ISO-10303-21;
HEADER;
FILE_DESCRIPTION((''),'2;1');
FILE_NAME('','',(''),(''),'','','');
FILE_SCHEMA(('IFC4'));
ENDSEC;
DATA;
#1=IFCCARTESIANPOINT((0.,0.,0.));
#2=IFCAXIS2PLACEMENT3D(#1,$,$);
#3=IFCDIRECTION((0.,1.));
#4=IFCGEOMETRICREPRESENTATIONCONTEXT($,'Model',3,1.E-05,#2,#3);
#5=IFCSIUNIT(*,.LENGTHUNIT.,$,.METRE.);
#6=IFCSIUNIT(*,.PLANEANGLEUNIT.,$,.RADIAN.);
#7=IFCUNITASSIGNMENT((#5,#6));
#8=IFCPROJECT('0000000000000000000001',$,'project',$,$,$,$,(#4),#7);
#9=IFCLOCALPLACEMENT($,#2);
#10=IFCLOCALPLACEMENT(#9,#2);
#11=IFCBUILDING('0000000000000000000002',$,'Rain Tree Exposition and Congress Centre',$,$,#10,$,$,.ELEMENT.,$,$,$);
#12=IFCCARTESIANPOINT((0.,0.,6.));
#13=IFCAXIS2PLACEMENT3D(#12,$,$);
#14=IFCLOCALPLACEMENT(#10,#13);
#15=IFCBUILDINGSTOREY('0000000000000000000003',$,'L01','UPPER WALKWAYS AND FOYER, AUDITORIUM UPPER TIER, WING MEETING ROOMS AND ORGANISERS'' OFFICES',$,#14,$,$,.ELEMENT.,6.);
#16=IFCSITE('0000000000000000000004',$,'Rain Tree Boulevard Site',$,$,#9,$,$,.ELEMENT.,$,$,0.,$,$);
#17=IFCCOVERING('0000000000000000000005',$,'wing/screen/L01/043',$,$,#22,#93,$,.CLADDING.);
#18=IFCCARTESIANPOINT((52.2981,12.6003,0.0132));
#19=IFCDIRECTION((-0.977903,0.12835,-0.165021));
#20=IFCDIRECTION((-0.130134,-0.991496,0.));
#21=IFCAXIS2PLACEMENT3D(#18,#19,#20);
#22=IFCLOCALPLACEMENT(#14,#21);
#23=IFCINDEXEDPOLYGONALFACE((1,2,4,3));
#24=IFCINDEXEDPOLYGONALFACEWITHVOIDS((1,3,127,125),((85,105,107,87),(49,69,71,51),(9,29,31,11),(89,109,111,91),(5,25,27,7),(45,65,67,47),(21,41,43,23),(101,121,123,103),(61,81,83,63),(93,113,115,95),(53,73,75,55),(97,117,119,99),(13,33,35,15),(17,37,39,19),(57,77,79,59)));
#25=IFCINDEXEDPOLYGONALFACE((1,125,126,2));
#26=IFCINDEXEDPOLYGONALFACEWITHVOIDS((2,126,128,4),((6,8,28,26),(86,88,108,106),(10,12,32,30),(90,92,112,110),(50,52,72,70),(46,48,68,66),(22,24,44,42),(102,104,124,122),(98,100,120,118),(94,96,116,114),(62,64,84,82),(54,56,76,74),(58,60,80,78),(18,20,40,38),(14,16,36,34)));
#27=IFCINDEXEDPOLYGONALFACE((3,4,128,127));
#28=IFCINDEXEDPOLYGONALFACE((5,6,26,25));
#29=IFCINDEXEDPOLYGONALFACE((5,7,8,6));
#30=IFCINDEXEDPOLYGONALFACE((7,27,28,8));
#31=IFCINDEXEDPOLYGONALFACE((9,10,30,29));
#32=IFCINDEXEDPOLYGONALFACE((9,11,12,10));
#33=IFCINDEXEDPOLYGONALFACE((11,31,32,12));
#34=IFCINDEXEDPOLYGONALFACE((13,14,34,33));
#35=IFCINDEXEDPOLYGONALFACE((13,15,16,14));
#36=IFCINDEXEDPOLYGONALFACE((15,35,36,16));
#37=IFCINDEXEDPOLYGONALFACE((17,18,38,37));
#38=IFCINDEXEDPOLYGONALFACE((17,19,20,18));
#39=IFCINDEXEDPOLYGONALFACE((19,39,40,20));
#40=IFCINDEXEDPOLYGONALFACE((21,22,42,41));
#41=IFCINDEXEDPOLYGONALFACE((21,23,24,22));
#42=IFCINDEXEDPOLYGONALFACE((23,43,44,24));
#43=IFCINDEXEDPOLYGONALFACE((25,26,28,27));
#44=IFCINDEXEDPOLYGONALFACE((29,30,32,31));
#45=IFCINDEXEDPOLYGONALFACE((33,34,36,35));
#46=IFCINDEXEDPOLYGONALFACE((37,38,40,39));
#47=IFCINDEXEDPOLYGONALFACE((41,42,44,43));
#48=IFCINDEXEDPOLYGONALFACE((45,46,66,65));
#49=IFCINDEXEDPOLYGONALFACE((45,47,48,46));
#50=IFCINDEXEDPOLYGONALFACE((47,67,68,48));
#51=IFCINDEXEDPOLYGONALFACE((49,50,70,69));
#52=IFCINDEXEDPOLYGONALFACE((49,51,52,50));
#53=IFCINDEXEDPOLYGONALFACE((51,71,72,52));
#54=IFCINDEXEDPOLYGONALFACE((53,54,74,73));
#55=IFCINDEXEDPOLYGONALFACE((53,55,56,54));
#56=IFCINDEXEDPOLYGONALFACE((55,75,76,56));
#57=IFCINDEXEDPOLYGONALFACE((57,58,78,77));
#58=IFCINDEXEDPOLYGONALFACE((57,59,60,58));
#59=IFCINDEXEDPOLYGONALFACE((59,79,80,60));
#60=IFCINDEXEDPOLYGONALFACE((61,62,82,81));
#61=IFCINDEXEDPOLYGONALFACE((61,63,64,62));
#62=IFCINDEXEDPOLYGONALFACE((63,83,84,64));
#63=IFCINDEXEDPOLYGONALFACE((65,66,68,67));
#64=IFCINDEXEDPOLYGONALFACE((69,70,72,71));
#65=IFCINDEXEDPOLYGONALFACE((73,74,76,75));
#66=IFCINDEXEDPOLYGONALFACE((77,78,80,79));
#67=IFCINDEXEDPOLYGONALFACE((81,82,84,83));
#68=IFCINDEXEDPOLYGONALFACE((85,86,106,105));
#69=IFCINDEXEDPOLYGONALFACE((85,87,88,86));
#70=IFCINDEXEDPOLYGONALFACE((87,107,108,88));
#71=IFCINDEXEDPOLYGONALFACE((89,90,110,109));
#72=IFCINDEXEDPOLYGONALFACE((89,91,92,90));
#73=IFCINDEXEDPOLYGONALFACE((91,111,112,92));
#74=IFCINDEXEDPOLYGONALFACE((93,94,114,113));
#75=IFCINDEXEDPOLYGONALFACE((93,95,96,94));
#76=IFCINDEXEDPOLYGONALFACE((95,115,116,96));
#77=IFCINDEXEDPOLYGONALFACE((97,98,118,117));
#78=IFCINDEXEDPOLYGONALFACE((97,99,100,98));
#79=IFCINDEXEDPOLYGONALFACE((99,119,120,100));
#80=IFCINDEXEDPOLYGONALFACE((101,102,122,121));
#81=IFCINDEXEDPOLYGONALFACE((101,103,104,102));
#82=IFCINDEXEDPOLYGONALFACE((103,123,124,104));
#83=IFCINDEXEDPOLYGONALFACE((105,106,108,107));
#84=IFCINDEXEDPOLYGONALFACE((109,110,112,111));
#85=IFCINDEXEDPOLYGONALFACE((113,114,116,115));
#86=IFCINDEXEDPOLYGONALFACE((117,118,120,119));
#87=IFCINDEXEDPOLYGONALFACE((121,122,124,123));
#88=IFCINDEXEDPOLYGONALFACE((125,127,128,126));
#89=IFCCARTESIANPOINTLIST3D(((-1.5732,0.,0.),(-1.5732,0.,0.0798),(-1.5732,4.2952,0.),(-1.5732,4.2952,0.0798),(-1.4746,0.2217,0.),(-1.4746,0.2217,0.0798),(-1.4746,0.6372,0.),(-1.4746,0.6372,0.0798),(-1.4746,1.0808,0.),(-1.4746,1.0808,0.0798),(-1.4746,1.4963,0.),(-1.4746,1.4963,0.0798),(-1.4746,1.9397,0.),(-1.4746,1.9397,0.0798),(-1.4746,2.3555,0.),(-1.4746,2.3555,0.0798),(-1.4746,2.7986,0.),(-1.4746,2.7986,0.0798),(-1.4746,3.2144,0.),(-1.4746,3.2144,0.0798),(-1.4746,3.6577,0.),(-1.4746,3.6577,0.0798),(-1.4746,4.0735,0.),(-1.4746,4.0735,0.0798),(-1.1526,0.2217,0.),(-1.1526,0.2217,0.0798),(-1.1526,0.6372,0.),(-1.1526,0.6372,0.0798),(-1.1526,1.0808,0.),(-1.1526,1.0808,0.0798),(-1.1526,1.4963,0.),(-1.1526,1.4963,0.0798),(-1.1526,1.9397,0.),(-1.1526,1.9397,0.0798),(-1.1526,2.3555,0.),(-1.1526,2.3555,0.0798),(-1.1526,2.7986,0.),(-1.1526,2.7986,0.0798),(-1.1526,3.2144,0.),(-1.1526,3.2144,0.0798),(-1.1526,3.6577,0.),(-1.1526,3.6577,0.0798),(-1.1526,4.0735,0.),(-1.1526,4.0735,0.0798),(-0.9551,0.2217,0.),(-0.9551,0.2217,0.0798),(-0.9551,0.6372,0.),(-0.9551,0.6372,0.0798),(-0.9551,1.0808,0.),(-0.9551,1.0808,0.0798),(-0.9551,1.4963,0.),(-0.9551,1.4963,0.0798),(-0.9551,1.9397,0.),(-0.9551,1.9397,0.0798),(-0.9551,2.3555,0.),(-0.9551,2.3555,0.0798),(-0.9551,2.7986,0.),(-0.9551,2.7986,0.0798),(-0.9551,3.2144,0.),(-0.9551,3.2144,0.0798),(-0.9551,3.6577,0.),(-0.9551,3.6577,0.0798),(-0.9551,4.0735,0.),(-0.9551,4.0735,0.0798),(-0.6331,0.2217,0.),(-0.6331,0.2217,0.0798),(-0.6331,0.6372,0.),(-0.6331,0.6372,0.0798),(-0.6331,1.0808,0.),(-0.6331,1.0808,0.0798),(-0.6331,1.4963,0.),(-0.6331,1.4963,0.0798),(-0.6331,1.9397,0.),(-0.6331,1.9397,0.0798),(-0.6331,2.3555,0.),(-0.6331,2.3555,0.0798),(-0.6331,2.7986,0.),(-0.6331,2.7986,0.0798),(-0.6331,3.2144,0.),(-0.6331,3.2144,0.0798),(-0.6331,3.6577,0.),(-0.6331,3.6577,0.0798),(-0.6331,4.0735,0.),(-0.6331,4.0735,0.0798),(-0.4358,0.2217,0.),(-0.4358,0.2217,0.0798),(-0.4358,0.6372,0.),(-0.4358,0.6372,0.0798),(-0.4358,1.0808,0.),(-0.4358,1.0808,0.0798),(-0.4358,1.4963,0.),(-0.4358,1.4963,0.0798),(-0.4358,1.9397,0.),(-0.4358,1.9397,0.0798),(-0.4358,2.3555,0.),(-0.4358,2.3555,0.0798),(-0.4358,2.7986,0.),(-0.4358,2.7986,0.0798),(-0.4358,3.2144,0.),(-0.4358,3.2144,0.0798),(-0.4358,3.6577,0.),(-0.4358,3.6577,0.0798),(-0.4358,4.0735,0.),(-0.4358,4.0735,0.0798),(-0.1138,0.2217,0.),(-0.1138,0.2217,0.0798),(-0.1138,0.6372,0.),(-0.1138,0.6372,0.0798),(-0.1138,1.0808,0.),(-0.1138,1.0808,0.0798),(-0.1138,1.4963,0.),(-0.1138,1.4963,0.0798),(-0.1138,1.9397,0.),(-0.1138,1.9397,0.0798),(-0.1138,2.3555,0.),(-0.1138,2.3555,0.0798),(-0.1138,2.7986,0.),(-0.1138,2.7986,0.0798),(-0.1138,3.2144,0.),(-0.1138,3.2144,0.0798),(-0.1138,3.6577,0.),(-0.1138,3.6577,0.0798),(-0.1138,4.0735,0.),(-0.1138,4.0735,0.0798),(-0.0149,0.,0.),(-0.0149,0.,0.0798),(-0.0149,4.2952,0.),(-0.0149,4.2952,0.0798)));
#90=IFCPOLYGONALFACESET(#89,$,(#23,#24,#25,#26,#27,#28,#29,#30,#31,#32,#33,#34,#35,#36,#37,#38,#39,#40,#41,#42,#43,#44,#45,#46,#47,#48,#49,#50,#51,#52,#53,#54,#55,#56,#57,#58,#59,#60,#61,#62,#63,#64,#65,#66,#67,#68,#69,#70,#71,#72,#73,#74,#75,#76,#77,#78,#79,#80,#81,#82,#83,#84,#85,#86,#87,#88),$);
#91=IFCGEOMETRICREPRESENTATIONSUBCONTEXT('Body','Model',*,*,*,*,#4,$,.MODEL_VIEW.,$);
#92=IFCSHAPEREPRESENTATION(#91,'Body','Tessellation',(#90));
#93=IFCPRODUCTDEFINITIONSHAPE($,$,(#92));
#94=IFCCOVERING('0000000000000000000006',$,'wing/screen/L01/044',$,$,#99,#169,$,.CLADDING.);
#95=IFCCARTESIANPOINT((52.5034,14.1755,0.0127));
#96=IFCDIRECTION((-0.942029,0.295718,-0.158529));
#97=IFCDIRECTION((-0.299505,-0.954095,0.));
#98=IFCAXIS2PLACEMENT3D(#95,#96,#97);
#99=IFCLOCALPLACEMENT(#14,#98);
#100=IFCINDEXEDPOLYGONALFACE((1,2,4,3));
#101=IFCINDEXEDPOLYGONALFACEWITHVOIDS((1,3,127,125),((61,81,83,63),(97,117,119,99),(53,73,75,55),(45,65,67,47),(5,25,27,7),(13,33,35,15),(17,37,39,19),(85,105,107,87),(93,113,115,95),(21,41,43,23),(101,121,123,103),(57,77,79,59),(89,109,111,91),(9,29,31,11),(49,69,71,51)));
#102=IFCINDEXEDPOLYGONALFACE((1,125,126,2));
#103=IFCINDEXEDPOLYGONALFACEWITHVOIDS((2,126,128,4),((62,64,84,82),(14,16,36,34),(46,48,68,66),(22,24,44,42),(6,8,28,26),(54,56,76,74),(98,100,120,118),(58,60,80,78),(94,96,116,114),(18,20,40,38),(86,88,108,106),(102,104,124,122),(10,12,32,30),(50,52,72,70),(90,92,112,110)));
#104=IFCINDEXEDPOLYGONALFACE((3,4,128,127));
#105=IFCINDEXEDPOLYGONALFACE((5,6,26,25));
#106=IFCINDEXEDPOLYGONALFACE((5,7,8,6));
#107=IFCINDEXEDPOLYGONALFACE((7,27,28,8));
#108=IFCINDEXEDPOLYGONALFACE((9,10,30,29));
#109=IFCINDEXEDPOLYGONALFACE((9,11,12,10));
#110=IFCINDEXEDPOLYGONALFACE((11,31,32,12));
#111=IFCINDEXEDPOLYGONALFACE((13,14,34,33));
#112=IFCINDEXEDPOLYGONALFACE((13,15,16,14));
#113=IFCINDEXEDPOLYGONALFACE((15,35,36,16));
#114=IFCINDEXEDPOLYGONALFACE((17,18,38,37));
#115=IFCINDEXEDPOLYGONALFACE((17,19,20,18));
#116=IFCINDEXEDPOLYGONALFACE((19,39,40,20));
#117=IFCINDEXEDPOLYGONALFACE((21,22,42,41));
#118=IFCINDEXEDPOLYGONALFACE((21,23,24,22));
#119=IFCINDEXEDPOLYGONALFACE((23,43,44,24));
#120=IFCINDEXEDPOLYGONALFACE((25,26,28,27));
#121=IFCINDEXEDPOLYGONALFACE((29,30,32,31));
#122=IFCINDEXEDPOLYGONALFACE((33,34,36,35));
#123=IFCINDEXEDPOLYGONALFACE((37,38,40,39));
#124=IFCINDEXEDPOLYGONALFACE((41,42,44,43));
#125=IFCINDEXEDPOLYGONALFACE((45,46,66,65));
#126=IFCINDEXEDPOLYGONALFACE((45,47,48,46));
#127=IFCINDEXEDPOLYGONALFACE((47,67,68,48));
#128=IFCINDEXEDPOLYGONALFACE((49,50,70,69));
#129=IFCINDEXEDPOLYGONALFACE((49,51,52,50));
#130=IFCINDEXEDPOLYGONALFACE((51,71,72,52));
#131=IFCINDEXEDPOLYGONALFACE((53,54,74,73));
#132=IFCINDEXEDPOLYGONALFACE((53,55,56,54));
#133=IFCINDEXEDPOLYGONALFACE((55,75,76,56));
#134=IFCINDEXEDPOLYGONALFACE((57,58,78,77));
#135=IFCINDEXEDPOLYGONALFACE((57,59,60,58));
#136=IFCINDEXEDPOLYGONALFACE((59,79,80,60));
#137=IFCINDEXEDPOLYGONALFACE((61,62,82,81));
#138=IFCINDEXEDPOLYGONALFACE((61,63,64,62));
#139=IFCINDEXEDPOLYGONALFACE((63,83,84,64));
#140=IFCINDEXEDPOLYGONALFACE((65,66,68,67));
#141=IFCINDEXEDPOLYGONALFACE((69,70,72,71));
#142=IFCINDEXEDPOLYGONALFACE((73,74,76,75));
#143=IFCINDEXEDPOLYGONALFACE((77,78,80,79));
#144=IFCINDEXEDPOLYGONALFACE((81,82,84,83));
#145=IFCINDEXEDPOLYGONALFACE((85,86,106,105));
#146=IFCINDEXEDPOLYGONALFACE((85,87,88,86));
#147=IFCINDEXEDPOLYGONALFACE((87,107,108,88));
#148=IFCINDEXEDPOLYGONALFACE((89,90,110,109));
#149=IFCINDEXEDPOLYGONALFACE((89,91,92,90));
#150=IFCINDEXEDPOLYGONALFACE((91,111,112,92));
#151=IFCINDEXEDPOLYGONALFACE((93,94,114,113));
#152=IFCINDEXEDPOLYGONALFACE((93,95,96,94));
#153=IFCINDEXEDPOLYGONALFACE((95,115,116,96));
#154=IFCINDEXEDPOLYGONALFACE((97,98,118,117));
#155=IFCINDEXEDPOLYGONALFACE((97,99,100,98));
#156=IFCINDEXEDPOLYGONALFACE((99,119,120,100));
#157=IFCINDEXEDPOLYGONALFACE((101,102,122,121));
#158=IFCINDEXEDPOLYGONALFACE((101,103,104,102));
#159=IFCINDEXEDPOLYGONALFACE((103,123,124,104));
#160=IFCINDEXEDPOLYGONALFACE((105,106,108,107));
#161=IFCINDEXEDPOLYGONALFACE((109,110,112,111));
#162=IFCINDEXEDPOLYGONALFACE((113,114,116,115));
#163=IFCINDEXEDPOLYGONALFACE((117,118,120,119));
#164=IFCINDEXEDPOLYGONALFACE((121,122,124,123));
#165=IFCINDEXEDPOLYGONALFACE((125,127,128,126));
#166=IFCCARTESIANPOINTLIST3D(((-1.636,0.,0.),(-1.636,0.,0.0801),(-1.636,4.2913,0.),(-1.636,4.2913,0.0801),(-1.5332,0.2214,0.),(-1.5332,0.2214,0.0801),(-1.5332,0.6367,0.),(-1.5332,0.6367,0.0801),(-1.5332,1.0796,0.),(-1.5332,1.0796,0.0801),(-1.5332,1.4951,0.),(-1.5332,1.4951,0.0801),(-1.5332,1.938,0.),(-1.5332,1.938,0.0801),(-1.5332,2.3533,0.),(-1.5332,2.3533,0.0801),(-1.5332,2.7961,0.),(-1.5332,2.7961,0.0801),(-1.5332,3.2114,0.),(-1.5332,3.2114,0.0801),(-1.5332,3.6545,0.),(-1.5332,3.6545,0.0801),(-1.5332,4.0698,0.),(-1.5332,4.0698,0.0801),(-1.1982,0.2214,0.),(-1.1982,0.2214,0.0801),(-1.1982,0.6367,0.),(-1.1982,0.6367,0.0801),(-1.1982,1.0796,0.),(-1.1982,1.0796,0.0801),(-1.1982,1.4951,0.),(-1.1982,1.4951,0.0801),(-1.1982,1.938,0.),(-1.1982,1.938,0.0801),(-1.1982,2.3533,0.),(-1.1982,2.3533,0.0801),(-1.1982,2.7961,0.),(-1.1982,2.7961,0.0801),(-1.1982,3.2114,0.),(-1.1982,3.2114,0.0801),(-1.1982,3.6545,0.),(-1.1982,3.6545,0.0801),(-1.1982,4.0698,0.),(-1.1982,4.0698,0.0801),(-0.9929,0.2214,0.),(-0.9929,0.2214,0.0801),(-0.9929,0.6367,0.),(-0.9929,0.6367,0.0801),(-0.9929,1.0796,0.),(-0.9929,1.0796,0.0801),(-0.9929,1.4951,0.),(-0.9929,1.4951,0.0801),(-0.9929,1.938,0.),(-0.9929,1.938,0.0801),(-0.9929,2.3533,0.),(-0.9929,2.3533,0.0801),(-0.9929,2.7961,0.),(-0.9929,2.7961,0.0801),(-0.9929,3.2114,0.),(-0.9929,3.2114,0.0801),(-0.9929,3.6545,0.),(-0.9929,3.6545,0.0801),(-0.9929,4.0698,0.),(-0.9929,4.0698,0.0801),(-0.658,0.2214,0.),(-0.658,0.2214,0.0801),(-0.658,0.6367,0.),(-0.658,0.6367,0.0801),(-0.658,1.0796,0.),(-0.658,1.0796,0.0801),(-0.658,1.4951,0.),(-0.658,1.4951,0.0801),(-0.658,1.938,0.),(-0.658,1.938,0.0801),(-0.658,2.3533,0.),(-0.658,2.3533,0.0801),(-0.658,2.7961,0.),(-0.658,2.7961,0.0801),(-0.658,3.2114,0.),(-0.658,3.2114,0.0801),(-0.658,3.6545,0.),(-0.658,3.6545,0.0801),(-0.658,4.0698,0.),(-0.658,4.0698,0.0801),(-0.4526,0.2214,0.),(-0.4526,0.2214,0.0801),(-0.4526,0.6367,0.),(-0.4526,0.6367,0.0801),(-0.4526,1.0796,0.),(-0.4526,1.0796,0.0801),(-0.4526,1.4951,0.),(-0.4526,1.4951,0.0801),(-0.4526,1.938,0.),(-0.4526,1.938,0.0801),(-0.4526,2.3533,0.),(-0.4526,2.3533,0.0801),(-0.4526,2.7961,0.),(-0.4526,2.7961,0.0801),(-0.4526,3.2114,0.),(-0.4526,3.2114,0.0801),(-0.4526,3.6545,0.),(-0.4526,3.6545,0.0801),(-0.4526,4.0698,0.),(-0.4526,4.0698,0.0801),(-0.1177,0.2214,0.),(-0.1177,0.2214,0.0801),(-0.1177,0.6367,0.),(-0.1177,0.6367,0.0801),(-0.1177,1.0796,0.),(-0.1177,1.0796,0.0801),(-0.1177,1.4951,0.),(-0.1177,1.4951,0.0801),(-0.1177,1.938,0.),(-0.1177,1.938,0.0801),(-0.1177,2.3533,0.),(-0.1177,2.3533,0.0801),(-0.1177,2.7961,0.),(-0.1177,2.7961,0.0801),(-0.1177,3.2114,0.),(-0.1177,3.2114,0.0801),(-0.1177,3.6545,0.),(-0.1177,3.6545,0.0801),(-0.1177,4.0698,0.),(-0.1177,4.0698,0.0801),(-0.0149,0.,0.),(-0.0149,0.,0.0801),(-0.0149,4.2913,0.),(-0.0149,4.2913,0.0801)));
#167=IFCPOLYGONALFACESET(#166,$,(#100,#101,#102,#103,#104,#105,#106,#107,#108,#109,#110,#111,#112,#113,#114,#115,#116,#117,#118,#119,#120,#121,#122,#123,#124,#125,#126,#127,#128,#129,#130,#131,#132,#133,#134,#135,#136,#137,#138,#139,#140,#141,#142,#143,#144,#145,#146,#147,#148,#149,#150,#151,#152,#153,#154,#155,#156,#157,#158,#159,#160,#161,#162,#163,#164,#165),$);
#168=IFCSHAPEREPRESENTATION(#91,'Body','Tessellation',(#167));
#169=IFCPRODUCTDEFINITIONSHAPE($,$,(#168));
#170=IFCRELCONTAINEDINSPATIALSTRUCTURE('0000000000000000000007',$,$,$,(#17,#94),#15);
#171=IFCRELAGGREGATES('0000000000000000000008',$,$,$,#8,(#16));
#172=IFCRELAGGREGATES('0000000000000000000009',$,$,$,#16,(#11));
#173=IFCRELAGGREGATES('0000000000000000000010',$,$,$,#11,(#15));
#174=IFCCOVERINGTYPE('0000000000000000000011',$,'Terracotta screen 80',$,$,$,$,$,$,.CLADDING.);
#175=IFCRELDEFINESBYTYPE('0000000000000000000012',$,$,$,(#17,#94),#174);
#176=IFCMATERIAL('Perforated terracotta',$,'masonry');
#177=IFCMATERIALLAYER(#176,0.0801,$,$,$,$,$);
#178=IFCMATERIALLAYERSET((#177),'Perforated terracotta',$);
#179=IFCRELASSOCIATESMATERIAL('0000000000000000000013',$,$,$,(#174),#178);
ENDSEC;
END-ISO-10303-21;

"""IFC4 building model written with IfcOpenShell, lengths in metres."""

from ifc_helpers import new_model, si_unit, direction, frame, origin, place, context, subcontext, project, spatial, polyline, outline, extrude, material, layer, layer_set, type_object, element, save


model = new_model("IFC4")

# Units and contexts
model_context = context("Model", 3, precision=1e-05, world=origin(), true_north=direction((0.0, 1.0)))
body_context = subcontext(model_context, "Body", "Model", "MODEL_VIEW")
ifc_project = project(units=[si_unit("LENGTHUNIT", "METRE"), si_unit("PLANEANGLEUNIT", "RADIAN")], contexts=[model_context])

# Site, building, storey
site_placement = place(None, origin())
site = spatial("IfcSite", under=ifc_project, at=site_placement, Name="Rain Tree Boulevard Site", CompositionType="ELEMENT", RefElevation=0.0)
building_placement = place(site_placement, origin())
building = spatial("IfcBuilding", under=site, at=building_placement, Name="Rain Tree Exposition and Congress Centre", CompositionType="ELEMENT")
storey_placement = place(building_placement, frame((0.0, 0.0, 6.0)))
storey = spatial("IfcBuildingStorey", under=building, at=storey_placement, Name="L01", Description="UPPER WALKWAYS AND FOYER, AUDITORIUM UPPER TIER, WING MEETING ROOMS AND ORGANISERS' OFFICES", CompositionType="ELEMENT", Elevation=6.0)

# Coverings
ifc_material_1 = material(Name="Perforated terracotta", Category="masonry")
ifc_layer = layer(ifc_material_1, 0.0801)
ifc_layer_set = layer_set([ifc_layer], Name="Perforated terracotta")
covering_type = type_object("IfcCoveringType", Name="Terracotta screen 80", PredefinedType="CLADDING", material=ifc_layer_set)
covering_1_placement = place(storey_placement, frame((52.2981, 12.6003, 0.0132), z_axis=(-0.977903, 0.12835, -0.165021), x_axis=(-0.130134, -0.991496, 0.0)))
element("IfcCovering", 1, at=covering_1_placement, inside=storey, type_object=covering_type, Name="wing/screen/L01/043", PredefinedType="CLADDING", context=body_context, shape_type="SweptSolid", body=[
    extrude(outline(polyline([(-1.5732, 0.0), (-1.5732, 4.2952), (-0.0149, 4.2952), (-0.0149, 0.0), (-1.5732, 0.0)]), holes=[polyline([(-0.1138, 0.2217), (-0.1138, 0.6372), (-0.4358, 0.6372), (-0.4358, 0.2217), (-0.1138, 0.2217)]), polyline([(-0.1138, 1.0808), (-0.1138, 1.4963), (-0.4358, 1.4963), (-0.4358, 1.0808), (-0.1138, 1.0808)]), polyline([(-0.1138, 1.9397), (-0.1138, 2.3555), (-0.4358, 2.3555), (-0.4358, 1.9397), (-0.1138, 1.9397)]), polyline([(-0.1138, 2.7986), (-0.1138, 3.2144), (-0.4358, 3.2144), (-0.4358, 2.7986), (-0.1138, 2.7986)]), polyline([(-0.1138, 3.6577), (-0.1138, 4.0735), (-0.4358, 4.0735), (-0.4358, 3.6577), (-0.1138, 3.6577)]), polyline([(-0.6331, 0.2217), (-0.6331, 0.6372), (-0.9551, 0.6372), (-0.9551, 0.2217), (-0.6331, 0.2217)]), polyline([(-0.6331, 1.0808), (-0.6331, 1.4963), (-0.9551, 1.4963), (-0.9551, 1.0808), (-0.6331, 1.0808)]), polyline([(-0.6331, 1.9397), (-0.6331, 2.3555), (-0.9551, 2.3555), (-0.9551, 1.9397), (-0.6331, 1.9397)]), polyline([(-0.6331, 2.7986), (-0.6331, 3.2144), (-0.9551, 3.2144), (-0.9551, 2.7986), (-0.6331, 2.7986)]), polyline([(-0.6331, 3.6577), (-0.6331, 4.0735), (-0.9551, 4.0735), (-0.9551, 3.6577), (-0.6331, 3.6577)]), polyline([(-1.1526, 0.2217), (-1.1526, 0.6372), (-1.4746, 0.6372), (-1.4746, 0.2217), (-1.1526, 0.2217)]), polyline([(-1.1526, 1.0808), (-1.1526, 1.4963), (-1.4746, 1.4963), (-1.4746, 1.0808), (-1.1526, 1.0808)]), polyline([(-1.1526, 1.9397), (-1.1526, 2.3555), (-1.4746, 2.3555), (-1.4746, 1.9397), (-1.1526, 1.9397)]), polyline([(-1.1526, 2.7986), (-1.1526, 3.2144), (-1.4746, 3.2144), (-1.4746, 2.7986), (-1.1526, 2.7986)]), polyline([(-1.1526, 3.6577), (-1.1526, 4.0735), (-1.4746, 4.0735), (-1.4746, 3.6577), (-1.1526, 3.6577)])]), origin(), (0.0, 0.0, 1.0), 0.0798),
])
covering_2_placement = place(storey_placement, frame((52.5034, 14.1755, 0.0127), z_axis=(-0.942029, 0.295718, -0.158529), x_axis=(-0.299505, -0.954095, 0.0)))
element("IfcCovering", 2, at=covering_2_placement, inside=storey, type_object=covering_type, Name="wing/screen/L01/044", PredefinedType="CLADDING", context=body_context, shape_type="SweptSolid", body=[
    extrude(outline(polyline([(-1.636, 0.0), (-1.636, 4.2913), (-0.0149, 4.2913), (-0.0149, 0.0), (-1.636, 0.0)]), holes=[polyline([(-0.1177, 0.2214), (-0.1177, 0.6367), (-0.4526, 0.6367), (-0.4526, 0.2214), (-0.1177, 0.2214)]), polyline([(-0.1177, 1.0796), (-0.1177, 1.4951), (-0.4526, 1.4951), (-0.4526, 1.0796), (-0.1177, 1.0796)]), polyline([(-0.1177, 1.938), (-0.1177, 2.3533), (-0.4526, 2.3533), (-0.4526, 1.938), (-0.1177, 1.938)]), polyline([(-0.1177, 2.7961), (-0.1177, 3.2114), (-0.4526, 3.2114), (-0.4526, 2.7961), (-0.1177, 2.7961)]), polyline([(-0.1177, 3.6545), (-0.1177, 4.0698), (-0.4526, 4.0698), (-0.4526, 3.6545), (-0.1177, 3.6545)]), polyline([(-0.658, 0.2214), (-0.658, 0.6367), (-0.9929, 0.6367), (-0.9929, 0.2214), (-0.658, 0.2214)]), polyline([(-0.658, 1.0796), (-0.658, 1.4951), (-0.9929, 1.4951), (-0.9929, 1.0796), (-0.658, 1.0796)]), polyline([(-0.658, 1.938), (-0.658, 2.3533), (-0.9929, 2.3533), (-0.9929, 1.938), (-0.658, 1.938)]), polyline([(-0.658, 2.7961), (-0.658, 3.2114), (-0.9929, 3.2114), (-0.9929, 2.7961), (-0.658, 2.7961)]), polyline([(-0.658, 3.6545), (-0.658, 4.0698), (-0.9929, 4.0698), (-0.9929, 3.6545), (-0.658, 3.6545)]), polyline([(-1.1982, 0.2214), (-1.1982, 0.6367), (-1.5332, 0.6367), (-1.5332, 0.2214), (-1.1982, 0.2214)]), polyline([(-1.1982, 1.0796), (-1.1982, 1.4951), (-1.5332, 1.4951), (-1.5332, 1.0796), (-1.1982, 1.0796)]), polyline([(-1.1982, 1.938), (-1.1982, 2.3533), (-1.5332, 2.3533), (-1.5332, 1.938), (-1.1982, 1.938)]), polyline([(-1.1982, 2.7961), (-1.1982, 3.2114), (-1.5332, 3.2114), (-1.5332, 2.7961), (-1.1982, 2.7961)]), polyline([(-1.1982, 3.6545), (-1.1982, 4.0698), (-1.5332, 4.0698), (-1.5332, 3.6545), (-1.1982, 3.6545)])]), origin(), (0.0, 0.0, 1.0), 0.0801),
])

save(model, "model.ifc")
